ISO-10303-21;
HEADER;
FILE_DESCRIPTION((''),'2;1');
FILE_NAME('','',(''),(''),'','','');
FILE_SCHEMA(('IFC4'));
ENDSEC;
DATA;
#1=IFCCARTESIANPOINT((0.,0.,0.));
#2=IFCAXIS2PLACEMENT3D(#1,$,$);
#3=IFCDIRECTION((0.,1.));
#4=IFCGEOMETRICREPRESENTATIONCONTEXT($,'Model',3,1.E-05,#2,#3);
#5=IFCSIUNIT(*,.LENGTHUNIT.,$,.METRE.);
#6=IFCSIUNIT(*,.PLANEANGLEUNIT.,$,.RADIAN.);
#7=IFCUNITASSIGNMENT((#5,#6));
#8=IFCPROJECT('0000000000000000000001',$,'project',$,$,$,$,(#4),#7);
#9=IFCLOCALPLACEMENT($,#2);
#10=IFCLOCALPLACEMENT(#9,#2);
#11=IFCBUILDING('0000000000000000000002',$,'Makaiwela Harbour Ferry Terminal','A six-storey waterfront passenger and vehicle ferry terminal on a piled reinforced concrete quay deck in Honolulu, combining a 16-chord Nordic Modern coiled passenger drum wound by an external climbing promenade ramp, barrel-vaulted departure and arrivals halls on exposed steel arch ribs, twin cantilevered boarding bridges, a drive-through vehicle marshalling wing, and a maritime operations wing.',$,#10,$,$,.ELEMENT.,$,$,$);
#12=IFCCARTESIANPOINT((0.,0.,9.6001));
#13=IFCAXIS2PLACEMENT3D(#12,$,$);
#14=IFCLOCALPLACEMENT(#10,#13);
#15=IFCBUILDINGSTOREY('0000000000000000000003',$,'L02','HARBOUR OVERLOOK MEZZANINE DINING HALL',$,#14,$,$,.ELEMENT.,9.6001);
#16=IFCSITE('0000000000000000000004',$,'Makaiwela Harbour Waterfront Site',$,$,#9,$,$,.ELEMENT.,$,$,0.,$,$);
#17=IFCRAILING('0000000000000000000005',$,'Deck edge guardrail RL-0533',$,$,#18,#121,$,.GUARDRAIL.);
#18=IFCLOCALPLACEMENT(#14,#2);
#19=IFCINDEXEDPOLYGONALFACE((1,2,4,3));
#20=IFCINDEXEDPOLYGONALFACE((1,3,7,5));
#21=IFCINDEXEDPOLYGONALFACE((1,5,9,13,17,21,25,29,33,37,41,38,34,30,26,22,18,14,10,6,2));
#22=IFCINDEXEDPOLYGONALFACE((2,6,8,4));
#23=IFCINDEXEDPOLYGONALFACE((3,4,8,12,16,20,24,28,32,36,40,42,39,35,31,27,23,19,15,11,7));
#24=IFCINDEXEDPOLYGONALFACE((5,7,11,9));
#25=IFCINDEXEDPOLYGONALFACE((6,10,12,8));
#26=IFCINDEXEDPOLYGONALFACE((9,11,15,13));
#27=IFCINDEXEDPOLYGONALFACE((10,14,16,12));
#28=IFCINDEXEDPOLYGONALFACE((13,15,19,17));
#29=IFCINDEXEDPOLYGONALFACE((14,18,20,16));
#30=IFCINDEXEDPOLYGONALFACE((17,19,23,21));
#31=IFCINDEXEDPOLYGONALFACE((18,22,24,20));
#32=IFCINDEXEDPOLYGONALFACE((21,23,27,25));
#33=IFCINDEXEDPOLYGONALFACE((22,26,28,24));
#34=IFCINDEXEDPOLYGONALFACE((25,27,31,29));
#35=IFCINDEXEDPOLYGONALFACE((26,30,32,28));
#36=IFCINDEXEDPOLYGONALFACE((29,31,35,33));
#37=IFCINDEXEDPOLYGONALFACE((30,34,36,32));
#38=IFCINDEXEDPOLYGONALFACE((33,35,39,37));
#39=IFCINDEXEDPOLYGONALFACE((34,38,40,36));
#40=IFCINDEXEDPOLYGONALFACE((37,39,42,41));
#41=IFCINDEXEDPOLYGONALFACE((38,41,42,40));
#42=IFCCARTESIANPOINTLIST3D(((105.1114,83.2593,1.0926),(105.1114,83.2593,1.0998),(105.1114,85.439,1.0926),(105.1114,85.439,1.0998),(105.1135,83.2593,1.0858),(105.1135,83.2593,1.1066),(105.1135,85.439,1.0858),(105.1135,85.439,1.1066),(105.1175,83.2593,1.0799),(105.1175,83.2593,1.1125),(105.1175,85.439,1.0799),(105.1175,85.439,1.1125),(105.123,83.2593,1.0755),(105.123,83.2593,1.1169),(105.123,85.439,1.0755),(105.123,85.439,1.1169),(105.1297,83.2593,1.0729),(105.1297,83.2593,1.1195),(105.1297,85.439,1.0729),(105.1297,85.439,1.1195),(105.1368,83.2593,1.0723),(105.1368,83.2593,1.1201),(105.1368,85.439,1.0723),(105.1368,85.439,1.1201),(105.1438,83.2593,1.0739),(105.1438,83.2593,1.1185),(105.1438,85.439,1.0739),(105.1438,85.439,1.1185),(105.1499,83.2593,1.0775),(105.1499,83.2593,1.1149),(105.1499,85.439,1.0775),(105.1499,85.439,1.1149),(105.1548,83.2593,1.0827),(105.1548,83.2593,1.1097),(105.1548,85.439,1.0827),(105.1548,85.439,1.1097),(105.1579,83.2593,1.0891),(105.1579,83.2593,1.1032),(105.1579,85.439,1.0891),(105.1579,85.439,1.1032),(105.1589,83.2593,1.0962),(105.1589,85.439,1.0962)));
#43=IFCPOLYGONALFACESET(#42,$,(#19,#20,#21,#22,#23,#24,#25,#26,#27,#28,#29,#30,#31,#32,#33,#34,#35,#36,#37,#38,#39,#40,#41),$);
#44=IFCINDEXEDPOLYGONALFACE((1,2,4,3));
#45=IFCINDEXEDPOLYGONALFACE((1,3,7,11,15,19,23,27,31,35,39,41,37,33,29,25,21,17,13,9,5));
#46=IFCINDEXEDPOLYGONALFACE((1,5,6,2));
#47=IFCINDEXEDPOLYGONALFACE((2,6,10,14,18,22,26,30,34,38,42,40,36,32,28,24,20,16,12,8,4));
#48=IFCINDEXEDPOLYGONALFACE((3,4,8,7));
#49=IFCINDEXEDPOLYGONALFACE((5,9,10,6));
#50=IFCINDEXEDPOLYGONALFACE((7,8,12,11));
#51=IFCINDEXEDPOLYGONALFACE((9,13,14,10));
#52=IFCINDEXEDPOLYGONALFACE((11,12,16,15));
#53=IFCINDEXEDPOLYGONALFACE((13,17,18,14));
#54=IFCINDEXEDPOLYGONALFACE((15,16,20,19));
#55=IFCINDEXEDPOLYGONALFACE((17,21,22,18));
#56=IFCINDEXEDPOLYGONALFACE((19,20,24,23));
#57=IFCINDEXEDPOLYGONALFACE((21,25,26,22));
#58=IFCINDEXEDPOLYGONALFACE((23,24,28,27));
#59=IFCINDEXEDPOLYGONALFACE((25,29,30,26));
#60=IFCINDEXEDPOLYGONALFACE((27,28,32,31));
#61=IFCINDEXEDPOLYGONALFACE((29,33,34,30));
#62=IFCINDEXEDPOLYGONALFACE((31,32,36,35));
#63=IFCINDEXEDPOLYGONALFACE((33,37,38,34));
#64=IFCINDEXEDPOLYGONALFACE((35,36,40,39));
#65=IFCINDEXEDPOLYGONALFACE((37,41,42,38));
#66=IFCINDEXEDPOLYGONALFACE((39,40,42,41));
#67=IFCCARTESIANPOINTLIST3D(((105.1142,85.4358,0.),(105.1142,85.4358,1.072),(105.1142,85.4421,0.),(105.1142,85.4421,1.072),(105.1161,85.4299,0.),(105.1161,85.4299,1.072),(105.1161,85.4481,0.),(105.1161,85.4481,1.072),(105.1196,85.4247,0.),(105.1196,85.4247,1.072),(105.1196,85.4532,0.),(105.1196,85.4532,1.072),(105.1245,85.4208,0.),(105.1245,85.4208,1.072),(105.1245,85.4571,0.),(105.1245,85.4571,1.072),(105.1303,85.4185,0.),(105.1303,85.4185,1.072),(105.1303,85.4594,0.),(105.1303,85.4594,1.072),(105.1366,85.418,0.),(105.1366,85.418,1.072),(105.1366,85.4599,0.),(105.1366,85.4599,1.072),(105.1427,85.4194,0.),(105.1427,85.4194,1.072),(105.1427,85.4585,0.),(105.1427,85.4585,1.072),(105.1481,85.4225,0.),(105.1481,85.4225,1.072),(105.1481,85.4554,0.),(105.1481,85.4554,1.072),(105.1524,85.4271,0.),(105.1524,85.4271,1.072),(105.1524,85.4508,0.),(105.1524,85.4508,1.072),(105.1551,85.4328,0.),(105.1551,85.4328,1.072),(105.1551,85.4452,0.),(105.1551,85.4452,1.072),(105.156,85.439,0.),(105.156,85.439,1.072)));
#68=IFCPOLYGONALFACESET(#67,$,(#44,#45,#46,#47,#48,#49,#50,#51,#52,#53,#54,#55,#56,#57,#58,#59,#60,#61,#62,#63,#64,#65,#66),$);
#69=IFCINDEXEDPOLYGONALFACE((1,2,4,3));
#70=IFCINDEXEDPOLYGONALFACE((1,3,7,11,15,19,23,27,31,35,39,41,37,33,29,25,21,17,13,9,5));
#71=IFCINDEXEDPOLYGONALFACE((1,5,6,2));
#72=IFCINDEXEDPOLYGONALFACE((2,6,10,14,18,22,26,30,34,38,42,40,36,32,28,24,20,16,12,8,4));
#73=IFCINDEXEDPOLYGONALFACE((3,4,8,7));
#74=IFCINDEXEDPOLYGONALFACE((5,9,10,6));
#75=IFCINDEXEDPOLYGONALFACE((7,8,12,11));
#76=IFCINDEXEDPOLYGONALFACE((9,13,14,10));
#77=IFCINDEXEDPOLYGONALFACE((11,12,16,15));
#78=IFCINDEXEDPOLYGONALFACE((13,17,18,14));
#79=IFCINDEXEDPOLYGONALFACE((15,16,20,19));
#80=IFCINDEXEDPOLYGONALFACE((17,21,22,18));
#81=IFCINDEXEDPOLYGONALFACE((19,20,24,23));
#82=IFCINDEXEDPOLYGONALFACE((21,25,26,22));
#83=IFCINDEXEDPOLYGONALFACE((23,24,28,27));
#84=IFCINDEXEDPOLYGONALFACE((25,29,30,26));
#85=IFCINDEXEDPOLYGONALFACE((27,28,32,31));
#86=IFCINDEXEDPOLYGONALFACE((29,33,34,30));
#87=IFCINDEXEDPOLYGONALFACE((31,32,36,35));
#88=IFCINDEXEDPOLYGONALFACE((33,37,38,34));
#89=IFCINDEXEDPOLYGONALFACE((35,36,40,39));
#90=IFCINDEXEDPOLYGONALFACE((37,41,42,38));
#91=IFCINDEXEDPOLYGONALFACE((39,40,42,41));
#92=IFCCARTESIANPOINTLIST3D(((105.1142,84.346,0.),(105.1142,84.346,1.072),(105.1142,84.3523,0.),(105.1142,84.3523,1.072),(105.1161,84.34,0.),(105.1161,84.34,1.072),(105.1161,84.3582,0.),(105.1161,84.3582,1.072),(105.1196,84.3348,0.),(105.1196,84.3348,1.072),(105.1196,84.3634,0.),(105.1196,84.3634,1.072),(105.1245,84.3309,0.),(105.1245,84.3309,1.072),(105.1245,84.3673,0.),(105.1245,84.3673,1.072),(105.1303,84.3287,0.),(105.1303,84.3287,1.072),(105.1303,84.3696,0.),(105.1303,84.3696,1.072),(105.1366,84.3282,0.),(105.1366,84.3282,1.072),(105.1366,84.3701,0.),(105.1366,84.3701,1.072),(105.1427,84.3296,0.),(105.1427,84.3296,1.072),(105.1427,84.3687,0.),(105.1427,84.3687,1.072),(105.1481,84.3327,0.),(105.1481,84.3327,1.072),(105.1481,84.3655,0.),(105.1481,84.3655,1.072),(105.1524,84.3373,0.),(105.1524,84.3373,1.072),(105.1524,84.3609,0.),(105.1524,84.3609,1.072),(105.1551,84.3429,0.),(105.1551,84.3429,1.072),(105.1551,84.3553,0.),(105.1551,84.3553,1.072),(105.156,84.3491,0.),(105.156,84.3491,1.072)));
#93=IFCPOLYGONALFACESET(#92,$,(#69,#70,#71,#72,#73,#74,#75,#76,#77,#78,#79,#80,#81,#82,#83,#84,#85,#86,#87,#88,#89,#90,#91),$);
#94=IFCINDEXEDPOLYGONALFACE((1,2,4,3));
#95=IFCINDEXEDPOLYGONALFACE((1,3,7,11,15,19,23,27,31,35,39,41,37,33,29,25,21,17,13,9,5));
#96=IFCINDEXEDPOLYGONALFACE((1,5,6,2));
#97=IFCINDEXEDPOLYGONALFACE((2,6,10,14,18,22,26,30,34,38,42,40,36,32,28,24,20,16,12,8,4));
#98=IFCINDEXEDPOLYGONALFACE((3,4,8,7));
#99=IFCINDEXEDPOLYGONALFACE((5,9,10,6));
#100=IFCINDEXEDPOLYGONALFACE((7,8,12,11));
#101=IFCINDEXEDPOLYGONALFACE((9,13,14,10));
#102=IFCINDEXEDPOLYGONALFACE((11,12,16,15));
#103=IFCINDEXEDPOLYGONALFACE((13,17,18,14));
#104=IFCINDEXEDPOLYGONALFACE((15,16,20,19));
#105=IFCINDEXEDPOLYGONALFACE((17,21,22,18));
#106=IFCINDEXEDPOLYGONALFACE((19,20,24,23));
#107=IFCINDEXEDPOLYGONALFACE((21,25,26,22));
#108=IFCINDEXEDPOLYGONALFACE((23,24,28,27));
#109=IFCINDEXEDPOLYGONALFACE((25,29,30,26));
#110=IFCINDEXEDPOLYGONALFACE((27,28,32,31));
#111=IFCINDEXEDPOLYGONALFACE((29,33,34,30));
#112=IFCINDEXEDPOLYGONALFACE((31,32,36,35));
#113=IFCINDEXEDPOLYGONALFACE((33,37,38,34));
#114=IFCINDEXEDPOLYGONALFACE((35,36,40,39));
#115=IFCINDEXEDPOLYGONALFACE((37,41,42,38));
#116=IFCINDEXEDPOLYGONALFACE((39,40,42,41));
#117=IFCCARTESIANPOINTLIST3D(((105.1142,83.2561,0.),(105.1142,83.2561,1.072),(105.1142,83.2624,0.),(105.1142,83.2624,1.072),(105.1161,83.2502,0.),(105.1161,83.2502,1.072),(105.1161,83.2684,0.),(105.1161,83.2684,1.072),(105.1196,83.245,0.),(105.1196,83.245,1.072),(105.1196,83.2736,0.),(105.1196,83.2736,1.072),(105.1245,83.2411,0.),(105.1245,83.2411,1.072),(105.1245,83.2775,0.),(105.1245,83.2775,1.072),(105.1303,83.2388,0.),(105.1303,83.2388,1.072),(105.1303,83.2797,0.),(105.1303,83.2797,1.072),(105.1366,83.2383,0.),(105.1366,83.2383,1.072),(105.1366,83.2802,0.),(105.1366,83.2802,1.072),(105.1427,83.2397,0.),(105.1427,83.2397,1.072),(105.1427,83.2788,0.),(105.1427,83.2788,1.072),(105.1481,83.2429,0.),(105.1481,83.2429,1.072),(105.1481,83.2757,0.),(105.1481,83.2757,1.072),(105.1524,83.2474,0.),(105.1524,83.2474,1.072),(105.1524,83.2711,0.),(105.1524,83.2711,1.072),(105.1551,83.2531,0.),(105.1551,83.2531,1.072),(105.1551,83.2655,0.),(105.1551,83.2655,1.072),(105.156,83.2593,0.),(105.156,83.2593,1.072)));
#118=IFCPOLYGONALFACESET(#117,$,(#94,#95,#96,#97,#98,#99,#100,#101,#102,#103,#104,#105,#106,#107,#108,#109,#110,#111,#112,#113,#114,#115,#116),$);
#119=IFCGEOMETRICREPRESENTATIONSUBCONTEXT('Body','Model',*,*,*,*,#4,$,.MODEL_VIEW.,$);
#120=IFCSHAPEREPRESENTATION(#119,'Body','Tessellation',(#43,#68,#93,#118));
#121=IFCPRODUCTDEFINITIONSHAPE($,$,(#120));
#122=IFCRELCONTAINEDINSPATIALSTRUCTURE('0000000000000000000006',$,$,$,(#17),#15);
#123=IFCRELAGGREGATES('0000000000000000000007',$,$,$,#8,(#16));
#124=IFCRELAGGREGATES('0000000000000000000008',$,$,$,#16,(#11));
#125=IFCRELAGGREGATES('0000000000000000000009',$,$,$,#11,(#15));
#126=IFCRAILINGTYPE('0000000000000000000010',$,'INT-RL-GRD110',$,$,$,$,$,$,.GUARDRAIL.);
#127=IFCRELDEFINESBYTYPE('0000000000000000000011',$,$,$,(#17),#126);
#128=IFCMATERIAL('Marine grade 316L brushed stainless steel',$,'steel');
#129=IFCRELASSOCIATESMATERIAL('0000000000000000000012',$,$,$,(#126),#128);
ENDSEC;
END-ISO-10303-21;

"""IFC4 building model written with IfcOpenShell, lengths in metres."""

from ifc_helpers import new_model, si_unit, direction, frame, origin, origin_2d, place, context, subcontext, project, spatial, circle, extrude, material, type_object, element, save


model = new_model("IFC4")

# Units and contexts
model_context = context("Model", 3, precision=1e-05, world=origin(), true_north=direction((0.0, 1.0)))
body_context = subcontext(model_context, "Body", "Model", "MODEL_VIEW")
ifc_project = project(units=[si_unit("LENGTHUNIT", "METRE"), si_unit("PLANEANGLEUNIT", "RADIAN")], contexts=[model_context])

# Site, building, storey
site_placement = place(None, origin())
site = spatial("IfcSite", under=ifc_project, at=site_placement, Name="Makaiwela Harbour Waterfront Site", CompositionType="ELEMENT", RefElevation=0.0)
building_placement = place(site_placement, origin())
building = spatial("IfcBuilding", under=site, at=building_placement, Name="Makaiwela Harbour Ferry Terminal", Description="A six-storey waterfront passenger and vehicle ferry terminal on a piled reinforced concrete quay deck in Honolulu, combining a 16-chord Nordic Modern coiled passenger drum wound by an external climbing promenade ramp, barrel-vaulted departure and arrivals halls on exposed steel arch ribs, twin cantilevered boarding bridges, a drive-through vehicle marshalling wing, and a maritime operations wing.", CompositionType="ELEMENT")
storey_placement = place(building_placement, frame((0.0, 0.0, 9.6001)))
storey = spatial("IfcBuildingStorey", under=building, at=storey_placement, Name="L02", Description="HARBOUR OVERLOOK MEZZANINE DINING HALL", CompositionType="ELEMENT", Elevation=9.6001)

# Railing
ifc_material_1 = material(Name="Marine grade 316L brushed stainless steel", Category="steel")
railing_type = type_object("IfcRailingType", Name="INT-RL-GRD110", PredefinedType="GUARDRAIL", material=ifc_material_1)
for number, where, name in (
    (1, (105.135, 85.439, 0.0), "Deck edge guardrail RL-0533"),
):
    element("IfcRailing", number, at=place(storey_placement, frame(where)), inside=storey, type_object=railing_type, Name=name, PredefinedType="GUARDRAIL", context=body_context, shape_type="SweptSolid", body=[
        extrude(circle(Radius=0.0239, at=origin_2d()), frame((0.0, 0.0, 1.0962), z_axis=(0.0, -1.0, 0.0), x_axis=(1.0, 0.0, 0.0)), (0.0, 0.0, 1.0), 2.1797),
        extrude(circle(Radius=0.021, at=origin_2d()), origin(), (0.0, 0.0, 1.0), 1.072),
        extrude(circle(Radius=0.021, at=origin_2d()), frame((0.0, -1.0898, 0.0)), (0.0, 0.0, 1.0), 1.072),
        extrude(circle(Radius=0.021, at=origin_2d()), frame((0.0, -2.1797, 0.0)), (0.0, 0.0, 1.0), 1.072),
    ])

save(model, "model.ifc")
